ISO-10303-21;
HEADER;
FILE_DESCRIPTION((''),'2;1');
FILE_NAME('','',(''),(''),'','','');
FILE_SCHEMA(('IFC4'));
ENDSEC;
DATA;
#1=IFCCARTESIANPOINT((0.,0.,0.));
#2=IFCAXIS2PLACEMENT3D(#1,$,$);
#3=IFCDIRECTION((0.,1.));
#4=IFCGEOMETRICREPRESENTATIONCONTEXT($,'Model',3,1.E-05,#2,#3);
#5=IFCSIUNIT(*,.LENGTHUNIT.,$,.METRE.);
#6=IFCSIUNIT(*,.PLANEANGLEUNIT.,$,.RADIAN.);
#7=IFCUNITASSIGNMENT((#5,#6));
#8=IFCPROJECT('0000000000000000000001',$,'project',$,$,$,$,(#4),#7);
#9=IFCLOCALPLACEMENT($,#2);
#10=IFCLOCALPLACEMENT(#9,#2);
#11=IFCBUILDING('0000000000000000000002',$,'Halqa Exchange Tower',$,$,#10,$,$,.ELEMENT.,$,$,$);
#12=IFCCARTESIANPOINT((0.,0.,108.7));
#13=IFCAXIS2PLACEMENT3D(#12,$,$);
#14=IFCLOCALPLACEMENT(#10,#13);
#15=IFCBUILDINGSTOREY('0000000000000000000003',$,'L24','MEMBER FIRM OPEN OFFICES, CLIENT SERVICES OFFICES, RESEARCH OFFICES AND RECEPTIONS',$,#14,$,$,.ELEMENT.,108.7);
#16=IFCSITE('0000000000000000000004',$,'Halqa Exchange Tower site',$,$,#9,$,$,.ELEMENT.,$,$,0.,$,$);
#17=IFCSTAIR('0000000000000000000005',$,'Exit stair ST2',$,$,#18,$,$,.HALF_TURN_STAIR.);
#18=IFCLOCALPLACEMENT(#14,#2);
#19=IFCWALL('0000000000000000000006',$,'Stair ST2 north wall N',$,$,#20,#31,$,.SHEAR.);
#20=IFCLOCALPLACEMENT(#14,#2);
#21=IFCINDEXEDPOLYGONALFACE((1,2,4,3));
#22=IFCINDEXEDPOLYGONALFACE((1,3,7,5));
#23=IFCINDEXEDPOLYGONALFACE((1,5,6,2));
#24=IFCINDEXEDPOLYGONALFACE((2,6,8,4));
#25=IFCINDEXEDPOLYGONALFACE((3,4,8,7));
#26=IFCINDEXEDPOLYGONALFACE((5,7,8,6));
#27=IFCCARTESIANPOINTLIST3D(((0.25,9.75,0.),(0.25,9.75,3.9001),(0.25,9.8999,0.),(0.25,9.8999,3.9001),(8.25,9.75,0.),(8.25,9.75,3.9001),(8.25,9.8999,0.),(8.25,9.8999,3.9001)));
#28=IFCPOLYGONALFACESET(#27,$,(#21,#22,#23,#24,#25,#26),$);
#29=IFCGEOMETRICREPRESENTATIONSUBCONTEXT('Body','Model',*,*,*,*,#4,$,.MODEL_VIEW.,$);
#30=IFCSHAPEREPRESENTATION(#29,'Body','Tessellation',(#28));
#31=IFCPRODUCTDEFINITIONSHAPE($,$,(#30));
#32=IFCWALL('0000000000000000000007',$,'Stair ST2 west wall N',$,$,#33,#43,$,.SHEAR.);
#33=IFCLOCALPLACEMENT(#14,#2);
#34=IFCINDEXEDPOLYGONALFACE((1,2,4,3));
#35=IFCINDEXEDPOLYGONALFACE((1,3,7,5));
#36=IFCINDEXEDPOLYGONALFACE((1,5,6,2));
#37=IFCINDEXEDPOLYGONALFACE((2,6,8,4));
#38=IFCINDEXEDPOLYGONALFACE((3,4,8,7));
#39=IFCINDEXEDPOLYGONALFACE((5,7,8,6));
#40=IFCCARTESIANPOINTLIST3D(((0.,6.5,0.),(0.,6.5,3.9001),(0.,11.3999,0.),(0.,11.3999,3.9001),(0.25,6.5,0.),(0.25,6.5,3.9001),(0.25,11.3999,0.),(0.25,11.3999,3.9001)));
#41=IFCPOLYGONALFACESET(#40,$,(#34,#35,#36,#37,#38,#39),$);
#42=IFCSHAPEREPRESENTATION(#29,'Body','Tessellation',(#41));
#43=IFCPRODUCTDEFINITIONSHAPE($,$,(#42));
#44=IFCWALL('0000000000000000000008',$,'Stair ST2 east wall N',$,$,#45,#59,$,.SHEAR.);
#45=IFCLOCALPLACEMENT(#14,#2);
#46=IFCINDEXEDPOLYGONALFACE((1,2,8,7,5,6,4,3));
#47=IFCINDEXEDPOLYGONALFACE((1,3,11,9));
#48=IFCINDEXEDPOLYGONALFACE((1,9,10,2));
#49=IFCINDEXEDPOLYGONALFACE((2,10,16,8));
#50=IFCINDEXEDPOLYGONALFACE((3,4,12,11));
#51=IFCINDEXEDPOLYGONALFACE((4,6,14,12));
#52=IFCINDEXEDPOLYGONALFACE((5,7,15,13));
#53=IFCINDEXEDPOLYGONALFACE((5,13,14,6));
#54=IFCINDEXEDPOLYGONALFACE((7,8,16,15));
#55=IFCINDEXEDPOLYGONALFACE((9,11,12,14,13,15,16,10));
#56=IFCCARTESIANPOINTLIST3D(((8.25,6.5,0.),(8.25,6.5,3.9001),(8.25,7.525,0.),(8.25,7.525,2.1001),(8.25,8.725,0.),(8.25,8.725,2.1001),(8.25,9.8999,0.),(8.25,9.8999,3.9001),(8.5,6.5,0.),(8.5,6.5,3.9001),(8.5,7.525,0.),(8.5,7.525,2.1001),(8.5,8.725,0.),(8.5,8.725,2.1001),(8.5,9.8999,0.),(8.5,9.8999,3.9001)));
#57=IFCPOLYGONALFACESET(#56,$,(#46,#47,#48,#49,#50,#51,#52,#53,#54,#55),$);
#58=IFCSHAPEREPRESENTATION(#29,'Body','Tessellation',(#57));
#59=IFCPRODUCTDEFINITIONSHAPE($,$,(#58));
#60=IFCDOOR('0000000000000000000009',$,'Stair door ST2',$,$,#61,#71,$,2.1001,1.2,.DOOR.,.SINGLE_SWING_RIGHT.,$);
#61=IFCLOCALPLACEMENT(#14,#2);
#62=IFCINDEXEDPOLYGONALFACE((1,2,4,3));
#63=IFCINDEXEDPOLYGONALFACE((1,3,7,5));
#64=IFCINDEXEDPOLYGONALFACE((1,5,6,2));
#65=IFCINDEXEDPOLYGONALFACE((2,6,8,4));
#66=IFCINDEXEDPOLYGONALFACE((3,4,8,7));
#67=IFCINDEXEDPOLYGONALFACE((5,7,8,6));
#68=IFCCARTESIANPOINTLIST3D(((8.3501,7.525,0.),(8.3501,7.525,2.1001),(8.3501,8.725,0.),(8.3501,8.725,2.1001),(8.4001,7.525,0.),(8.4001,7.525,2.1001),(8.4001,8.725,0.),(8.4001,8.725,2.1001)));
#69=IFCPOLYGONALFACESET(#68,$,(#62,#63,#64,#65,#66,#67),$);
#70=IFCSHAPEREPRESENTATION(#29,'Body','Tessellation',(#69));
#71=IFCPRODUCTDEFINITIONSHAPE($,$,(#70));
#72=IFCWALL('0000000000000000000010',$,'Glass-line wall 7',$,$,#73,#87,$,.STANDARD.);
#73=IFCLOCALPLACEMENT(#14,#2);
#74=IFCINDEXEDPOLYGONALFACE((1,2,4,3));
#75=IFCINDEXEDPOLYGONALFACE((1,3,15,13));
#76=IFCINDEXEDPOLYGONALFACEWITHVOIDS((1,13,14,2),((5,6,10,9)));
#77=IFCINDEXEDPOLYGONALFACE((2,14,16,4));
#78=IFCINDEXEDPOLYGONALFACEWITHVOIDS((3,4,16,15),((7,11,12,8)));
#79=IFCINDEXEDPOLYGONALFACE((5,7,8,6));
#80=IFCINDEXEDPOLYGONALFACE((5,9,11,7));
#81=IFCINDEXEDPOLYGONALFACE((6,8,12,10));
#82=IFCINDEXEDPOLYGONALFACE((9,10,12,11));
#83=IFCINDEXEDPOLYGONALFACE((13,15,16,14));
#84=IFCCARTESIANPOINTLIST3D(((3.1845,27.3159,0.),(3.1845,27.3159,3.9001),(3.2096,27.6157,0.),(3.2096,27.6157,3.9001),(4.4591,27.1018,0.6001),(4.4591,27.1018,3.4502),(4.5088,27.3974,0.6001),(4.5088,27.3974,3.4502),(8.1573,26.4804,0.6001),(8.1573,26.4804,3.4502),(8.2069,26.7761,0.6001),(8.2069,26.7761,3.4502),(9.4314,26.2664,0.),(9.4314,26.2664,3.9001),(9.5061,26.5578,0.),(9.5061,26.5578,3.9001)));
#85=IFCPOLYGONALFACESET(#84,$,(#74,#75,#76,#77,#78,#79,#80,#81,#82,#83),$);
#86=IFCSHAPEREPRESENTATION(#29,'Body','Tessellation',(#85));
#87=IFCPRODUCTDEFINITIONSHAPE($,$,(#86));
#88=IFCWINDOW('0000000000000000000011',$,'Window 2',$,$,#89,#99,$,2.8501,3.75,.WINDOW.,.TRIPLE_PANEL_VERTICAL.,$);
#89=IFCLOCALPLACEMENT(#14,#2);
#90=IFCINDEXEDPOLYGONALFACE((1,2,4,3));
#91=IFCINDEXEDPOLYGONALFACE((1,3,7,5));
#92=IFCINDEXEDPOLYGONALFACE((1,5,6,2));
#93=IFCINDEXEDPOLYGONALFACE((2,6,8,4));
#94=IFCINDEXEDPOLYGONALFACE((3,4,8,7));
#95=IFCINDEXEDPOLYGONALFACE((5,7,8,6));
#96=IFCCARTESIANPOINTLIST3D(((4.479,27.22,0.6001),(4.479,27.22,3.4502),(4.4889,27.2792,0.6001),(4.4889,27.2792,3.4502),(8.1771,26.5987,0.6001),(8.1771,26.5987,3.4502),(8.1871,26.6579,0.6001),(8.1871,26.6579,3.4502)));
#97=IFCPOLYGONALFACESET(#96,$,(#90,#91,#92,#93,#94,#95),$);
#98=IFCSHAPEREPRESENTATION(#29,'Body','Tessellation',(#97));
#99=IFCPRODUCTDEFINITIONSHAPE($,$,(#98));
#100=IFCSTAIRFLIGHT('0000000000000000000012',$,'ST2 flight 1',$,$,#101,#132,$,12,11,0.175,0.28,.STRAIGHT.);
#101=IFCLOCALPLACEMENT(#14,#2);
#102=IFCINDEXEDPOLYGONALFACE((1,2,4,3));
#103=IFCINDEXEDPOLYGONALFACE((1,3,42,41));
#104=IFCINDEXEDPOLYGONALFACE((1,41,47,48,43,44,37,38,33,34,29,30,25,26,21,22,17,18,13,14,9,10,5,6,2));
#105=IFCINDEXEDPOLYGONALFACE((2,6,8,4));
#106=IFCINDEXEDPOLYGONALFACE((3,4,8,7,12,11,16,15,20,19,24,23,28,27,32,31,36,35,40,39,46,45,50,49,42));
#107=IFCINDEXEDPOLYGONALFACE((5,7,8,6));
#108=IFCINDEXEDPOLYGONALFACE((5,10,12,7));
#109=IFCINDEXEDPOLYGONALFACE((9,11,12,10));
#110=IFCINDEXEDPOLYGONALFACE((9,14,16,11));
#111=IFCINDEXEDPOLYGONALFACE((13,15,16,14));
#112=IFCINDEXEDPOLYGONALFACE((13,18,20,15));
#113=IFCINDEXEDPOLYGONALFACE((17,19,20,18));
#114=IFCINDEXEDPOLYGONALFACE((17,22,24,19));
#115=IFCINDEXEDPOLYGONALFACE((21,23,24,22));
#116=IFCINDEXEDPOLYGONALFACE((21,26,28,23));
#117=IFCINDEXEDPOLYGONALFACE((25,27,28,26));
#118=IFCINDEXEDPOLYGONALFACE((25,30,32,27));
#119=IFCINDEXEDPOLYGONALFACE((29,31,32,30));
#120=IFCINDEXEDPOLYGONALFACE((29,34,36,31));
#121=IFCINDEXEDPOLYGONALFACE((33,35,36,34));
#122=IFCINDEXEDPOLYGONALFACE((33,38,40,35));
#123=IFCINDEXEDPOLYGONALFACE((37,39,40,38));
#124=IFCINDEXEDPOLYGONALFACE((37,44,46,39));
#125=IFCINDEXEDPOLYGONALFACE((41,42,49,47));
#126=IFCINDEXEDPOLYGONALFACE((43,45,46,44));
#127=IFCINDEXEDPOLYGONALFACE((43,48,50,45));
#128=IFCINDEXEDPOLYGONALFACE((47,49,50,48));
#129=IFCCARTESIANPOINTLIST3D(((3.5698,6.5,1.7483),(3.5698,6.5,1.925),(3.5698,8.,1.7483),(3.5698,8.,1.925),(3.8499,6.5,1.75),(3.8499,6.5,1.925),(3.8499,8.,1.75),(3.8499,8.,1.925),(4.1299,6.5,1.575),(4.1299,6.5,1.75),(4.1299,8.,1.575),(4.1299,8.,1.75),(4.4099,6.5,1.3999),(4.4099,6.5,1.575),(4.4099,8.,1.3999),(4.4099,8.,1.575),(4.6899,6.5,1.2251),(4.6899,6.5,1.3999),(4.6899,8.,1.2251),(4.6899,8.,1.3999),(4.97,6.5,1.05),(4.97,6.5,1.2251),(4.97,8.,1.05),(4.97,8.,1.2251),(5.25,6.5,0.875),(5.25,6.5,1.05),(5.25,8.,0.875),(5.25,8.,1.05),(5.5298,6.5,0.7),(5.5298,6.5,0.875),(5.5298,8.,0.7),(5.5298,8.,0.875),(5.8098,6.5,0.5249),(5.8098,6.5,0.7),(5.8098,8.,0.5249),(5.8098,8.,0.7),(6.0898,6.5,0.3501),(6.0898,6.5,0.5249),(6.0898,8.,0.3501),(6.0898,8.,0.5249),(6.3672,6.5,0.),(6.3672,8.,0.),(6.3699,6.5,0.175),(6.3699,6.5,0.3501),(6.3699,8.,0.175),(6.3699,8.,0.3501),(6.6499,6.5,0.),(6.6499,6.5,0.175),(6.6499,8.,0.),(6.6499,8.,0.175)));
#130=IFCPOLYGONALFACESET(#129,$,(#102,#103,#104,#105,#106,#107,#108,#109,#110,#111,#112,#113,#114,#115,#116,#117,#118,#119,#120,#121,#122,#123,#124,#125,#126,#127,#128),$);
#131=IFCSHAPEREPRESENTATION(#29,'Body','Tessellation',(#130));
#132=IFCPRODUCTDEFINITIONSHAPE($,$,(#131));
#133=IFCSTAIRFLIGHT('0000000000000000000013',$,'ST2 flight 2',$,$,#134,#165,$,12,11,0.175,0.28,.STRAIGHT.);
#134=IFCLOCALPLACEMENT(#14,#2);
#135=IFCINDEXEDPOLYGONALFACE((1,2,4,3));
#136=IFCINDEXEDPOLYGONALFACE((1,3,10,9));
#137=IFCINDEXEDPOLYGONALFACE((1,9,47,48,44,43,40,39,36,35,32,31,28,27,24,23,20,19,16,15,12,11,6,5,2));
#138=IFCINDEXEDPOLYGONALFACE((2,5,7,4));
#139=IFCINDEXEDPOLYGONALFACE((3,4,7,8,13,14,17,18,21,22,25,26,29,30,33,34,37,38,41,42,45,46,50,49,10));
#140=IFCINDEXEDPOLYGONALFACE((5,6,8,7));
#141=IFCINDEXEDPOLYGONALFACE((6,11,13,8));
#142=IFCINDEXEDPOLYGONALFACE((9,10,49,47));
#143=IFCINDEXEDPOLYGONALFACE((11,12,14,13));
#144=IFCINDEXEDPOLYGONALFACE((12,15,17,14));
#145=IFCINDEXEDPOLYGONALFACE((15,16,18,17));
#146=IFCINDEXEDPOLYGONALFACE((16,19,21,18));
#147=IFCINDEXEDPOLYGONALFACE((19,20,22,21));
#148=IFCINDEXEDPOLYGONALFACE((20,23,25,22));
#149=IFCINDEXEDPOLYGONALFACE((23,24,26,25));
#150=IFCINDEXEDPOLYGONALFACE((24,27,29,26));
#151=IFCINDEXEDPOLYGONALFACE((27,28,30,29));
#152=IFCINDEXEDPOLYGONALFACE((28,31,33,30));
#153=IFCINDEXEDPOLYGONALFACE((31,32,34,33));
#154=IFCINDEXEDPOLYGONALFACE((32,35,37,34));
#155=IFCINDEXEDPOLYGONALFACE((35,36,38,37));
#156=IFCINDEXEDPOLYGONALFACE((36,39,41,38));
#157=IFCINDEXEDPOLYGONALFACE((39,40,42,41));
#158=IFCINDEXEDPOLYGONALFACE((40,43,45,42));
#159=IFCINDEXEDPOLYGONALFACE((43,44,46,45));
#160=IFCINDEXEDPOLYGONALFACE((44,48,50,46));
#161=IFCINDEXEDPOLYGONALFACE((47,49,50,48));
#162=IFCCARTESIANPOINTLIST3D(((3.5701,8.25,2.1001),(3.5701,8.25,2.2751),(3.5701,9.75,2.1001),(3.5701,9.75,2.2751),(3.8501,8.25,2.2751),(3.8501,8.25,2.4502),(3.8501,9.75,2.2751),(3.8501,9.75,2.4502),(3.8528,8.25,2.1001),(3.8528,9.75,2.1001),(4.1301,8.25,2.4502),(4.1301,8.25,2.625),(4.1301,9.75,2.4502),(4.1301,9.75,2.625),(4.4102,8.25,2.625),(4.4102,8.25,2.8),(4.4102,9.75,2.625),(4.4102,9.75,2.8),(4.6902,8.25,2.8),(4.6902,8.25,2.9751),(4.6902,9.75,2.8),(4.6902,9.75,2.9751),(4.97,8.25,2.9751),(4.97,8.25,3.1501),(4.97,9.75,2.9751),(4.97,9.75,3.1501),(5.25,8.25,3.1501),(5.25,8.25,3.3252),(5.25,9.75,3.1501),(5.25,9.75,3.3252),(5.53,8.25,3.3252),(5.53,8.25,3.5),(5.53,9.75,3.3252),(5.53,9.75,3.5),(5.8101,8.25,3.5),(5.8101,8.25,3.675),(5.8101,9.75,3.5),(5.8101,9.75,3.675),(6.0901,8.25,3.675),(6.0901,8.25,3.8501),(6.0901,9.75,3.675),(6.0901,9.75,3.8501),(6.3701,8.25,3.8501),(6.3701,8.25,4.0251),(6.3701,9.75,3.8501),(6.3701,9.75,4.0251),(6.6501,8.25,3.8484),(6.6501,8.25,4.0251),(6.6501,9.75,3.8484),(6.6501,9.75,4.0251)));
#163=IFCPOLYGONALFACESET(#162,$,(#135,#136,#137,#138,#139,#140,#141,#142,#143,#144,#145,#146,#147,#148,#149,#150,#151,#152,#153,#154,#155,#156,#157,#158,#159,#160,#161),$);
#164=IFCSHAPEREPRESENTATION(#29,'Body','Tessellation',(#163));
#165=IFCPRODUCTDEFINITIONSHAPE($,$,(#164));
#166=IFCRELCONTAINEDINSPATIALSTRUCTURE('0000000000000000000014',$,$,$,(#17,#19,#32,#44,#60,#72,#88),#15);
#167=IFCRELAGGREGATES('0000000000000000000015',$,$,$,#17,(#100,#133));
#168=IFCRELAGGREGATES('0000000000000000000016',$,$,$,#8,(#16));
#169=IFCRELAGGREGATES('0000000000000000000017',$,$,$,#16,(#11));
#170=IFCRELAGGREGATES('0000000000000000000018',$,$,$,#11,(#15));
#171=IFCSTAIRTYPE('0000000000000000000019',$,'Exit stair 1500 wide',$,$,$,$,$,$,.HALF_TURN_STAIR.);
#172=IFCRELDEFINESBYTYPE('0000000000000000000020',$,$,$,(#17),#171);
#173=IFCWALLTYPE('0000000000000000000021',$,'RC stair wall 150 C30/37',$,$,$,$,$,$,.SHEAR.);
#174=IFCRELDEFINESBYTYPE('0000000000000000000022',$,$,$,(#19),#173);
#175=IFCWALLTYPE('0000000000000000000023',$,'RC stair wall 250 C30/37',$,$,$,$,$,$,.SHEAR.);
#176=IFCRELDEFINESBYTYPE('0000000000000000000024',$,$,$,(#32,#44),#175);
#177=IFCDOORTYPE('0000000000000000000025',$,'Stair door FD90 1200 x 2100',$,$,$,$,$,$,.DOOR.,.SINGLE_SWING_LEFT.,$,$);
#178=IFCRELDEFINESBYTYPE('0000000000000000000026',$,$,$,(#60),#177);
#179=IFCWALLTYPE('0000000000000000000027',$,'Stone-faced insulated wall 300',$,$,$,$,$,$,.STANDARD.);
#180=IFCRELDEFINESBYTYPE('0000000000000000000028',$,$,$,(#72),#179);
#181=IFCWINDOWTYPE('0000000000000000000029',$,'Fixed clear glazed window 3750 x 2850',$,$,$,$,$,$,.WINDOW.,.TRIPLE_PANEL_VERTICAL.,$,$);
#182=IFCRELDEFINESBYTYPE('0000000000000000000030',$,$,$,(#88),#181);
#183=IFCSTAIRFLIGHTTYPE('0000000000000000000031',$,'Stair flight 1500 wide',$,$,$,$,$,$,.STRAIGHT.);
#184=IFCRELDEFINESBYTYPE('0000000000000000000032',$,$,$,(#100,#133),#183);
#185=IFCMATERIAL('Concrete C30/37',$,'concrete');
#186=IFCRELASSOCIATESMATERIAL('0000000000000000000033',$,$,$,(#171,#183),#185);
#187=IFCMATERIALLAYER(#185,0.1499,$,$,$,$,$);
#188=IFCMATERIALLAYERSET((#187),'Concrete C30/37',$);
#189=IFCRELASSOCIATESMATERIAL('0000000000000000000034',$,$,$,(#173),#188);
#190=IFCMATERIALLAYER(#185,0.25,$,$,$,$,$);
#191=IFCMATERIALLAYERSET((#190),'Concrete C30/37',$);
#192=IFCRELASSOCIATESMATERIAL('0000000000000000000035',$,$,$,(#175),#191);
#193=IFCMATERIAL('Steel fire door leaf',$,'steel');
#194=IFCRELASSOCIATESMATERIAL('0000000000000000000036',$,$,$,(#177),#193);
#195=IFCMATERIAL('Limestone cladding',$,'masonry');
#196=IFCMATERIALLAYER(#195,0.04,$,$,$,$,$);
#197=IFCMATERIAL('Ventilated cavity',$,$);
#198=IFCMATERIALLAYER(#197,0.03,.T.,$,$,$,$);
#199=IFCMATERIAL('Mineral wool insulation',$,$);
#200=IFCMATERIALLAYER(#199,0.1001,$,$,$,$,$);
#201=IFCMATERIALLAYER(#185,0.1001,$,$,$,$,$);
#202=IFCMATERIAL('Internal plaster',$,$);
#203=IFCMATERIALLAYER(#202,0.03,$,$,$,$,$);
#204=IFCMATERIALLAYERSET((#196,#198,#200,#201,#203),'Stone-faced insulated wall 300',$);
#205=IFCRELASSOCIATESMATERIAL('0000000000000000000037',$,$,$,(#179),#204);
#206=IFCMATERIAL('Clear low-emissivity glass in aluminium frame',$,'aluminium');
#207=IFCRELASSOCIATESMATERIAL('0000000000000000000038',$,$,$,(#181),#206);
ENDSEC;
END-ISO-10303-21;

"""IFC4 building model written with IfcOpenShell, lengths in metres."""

from ifc_helpers import new_model, si_unit, direction, frame, frame_2d, origin, place, context, subcontext, project, spatial, polyline, rectangle, outline, extrude, material, layer, layer_set, type_object, element, fill, aggregate, save


model = new_model("IFC4")

# Units and contexts
model_context = context("Model", 3, precision=1e-05, world=origin(), true_north=direction((0.0, 1.0)))
body_context = subcontext(model_context, "Body", "Model", "MODEL_VIEW")
ifc_project = project(units=[si_unit("LENGTHUNIT", "METRE"), si_unit("PLANEANGLEUNIT", "RADIAN")], contexts=[model_context])

# Site, building, storey
site_placement = place(None, origin())
site = spatial("IfcSite", under=ifc_project, at=site_placement, Name="Halqa Exchange Tower site", CompositionType="ELEMENT", RefElevation=0.0)
building_placement = place(site_placement, origin())
building = spatial("IfcBuilding", under=site, at=building_placement, Name="Halqa Exchange Tower", CompositionType="ELEMENT")
storey_placement = place(building_placement, frame((0.0, 0.0, 108.7)))
storey = spatial("IfcBuildingStorey", under=building, at=storey_placement, Name="L24", Description="MEMBER FIRM OPEN OFFICES, CLIENT SERVICES OFFICES, RESEARCH OFFICES AND RECEPTIONS", CompositionType="ELEMENT", Elevation=108.7)

# Stair
ifc_material_1 = material(Name="Concrete C30/37", Category="concrete")
stair_type = type_object("IfcStairType", Name="Exit stair 1500 wide", PredefinedType="HALF_TURN_STAIR", material=ifc_material_1)
stair_1_placement = place(storey_placement, origin())
stair_1 = element("IfcStair", 1, at=stair_1_placement, inside=storey, type_object=stair_type, Name="Exit stair ST2", PredefinedType="HALF_TURN_STAIR")

# Walls
ifc_layer_1 = layer(ifc_material_1, 0.1499)
ifc_layer_set_1 = layer_set([ifc_layer_1], Name="Concrete C30/37")
wall_type_1 = type_object("IfcWallType", Name="RC stair wall 150 C30/37", PredefinedType="SHEAR", material=ifc_layer_set_1)
wall_1_placement = place(storey_placement, frame((0.25, 9.825, 0.0), z_axis=(0.0, 0.0, 1.0), x_axis=(1.0, 0.0, 0.0)))
element("IfcWall", 2, at=wall_1_placement, inside=storey, type_object=wall_type_1, Name="Stair ST2 north wall N", PredefinedType="SHEAR", context=body_context, shape_type="SweptSolid", body=[
    extrude(rectangle(XDim=8.0, YDim=0.1499, at=frame_2d((4.0, 0.0))), origin(), (0.0, 0.0, 1.0), 3.9001),
])
ifc_layer_2 = layer(ifc_material_1, 0.25)
ifc_layer_set_2 = layer_set([ifc_layer_2], Name="Concrete C30/37")
wall_type_2 = type_object("IfcWallType", Name="RC stair wall 250 C30/37", PredefinedType="SHEAR", material=ifc_layer_set_2)
wall_2_placement = place(storey_placement, frame((0.125, 6.5, 0.0), z_axis=(0.0, 0.0, 1.0), x_axis=(0.0, 1.0, 0.0)))
element("IfcWall", 3, at=wall_2_placement, inside=storey, type_object=wall_type_2, Name="Stair ST2 west wall N", PredefinedType="SHEAR", context=body_context, shape_type="SweptSolid", body=[
    extrude(rectangle(XDim=4.8999, YDim=0.25, at=frame_2d((2.45, 0.0))), origin(), (0.0, 0.0, 1.0), 3.9001),
])

# Wall, opening, door
wall_3_placement = place(storey_placement, frame((8.375, 6.5, 0.0), z_axis=(0.0, 0.0, 1.0), x_axis=(0.0, 1.0, 0.0)))
wall_3 = element("IfcWall", 4, at=wall_3_placement, inside=storey, type_object=wall_type_2, Name="Stair ST2 east wall N", PredefinedType="SHEAR", context=body_context, shape_type="SweptSolid", body=[
    extrude(rectangle(XDim=3.3999, YDim=0.25, at=frame_2d((1.7, 0.0))), origin(), (0.0, 0.0, 1.0), 3.9001),
])
opening_1_placement = place(wall_3_placement, frame((1.0249, 0.0, 0.0)))
opening_1 = element("IfcOpeningElement", 5, at=opening_1_placement, cuts=wall_3, PredefinedType="OPENING", context=body_context, shape_type="SweptSolid", body=[
    extrude(rectangle(XDim=1.2, YDim=2.1001, at=frame_2d((0.6001, 1.05))), frame((0.0, 0.137, 0.0), z_axis=(0.0, -1.0, 0.0), x_axis=(1.0, 0.0, 0.0)), (0.0, 0.0, 1.0), 0.2739),
])
ifc_material_2 = material(Name="Steel fire door leaf", Category="steel")
door_type_1 = type_object("IfcDoorType", Name="Stair door FD90 1200 x 2100", OperationType="SINGLE_SWING_LEFT", PredefinedType="DOOR", material=ifc_material_2)
door_1_placement = place(opening_1_placement, origin())
door_1 = element("IfcDoor", 6, at=door_1_placement, inside=storey, type_object=door_type_1, Name="Stair door ST2", OperationType="SINGLE_SWING_RIGHT", OverallHeight=2.1001, OverallWidth=1.2, PredefinedType="DOOR", context=body_context, shape_type="SweptSolid", body=[
    extrude(rectangle(XDim=1.2, YDim=2.1001, at=frame_2d((0.6001, 1.05))), frame((0.0, 0.0249, 0.0), z_axis=(0.0, -1.0, 0.0), x_axis=(1.0, 0.0, 0.0)), (0.0, 0.0, 1.0), 0.05),
])
fill(opening_1, door_1)

# Wall, opening, window
ifc_material_3 = material(Name="Limestone cladding", Category="masonry")
ifc_layer_3 = layer(ifc_material_3, 0.04)
ifc_material_4 = material(Name="Ventilated cavity")
ifc_layer_4 = layer(ifc_material_4, 0.03, ventilated=True)
ifc_material_5 = material(Name="Mineral wool insulation")
ifc_layer_5 = layer(ifc_material_5, 0.1001)
ifc_layer_6 = layer(ifc_material_1, 0.1001)
ifc_material_6 = material(Name="Internal plaster")
ifc_layer_7 = layer(ifc_material_6, 0.03)
ifc_layer_set_3 = layer_set([ifc_layer_3, ifc_layer_4, ifc_layer_5, ifc_layer_6, ifc_layer_7], Name="Stone-faced insulated wall 300")
wall_type_3 = type_object("IfcWallType", Name="Stone-faced insulated wall 300", PredefinedType="STANDARD", material=ifc_layer_set_3)
wall_4_placement = place(storey_placement, frame((9.4688, 26.4121, 0.0), z_axis=(0.0, 0.0, 1.0), x_axis=(-0.986178, 0.165687, 0.0)))
wall_4 = element("IfcWall", 7, at=wall_4_placement, inside=storey, type_object=wall_type_3, Name="Glass-line wall 7", PredefinedType="STANDARD", context=body_context, shape_type="SweptSolid", body=[
    extrude(outline(polyline([(-0.0127, -0.1499), (6.3721, -0.1499), (6.3472, 0.1499), (0.0127, 0.1499), (-0.0127, -0.1499)])), origin(), (0.0, 0.0, 1.0), 3.9001),
])
opening_2_placement = place(wall_4_placement, frame((1.3047, 0.0, 0.6001)))
opening_2 = element("IfcOpeningElement", 8, at=opening_2_placement, cuts=wall_4, PredefinedType="OPENING", context=body_context, shape_type="SweptSolid", body=[
    extrude(rectangle(XDim=3.75, YDim=2.8501, at=frame_2d((1.875, 1.425))), frame((0.0, 0.1621, 0.0), z_axis=(0.0, -1.0, 0.0), x_axis=(1.0, 0.0, 0.0)), (0.0, 0.0, 1.0), 0.324),
])
ifc_material_7 = material(Name="Clear low-emissivity glass in aluminium frame", Category="aluminium")
window_type = type_object("IfcWindowType", Name="Fixed clear glazed window 3750 x 2850", PartitioningType="TRIPLE_PANEL_VERTICAL", PredefinedType="WINDOW", material=ifc_material_7)
window_placement = place(opening_2_placement, origin())
window = element("IfcWindow", 9, at=window_placement, inside=storey, type_object=window_type, Name="Window 2", OverallHeight=2.8501, OverallWidth=3.75, PartitioningType="TRIPLE_PANEL_VERTICAL", PredefinedType="WINDOW", context=body_context, shape_type="SweptSolid", body=[
    extrude(rectangle(XDim=3.75, YDim=2.8501, at=frame_2d((1.875, 1.425))), frame((0.0, 0.03, 0.0), z_axis=(0.0, -1.0, 0.0), x_axis=(1.0, 0.0, 0.0)), (0.0, 0.0, 1.0), 0.0601),
])
fill(opening_2, window)

# Stair flights
stair_flight_type = type_object("IfcStairFlightType", Name="Stair flight 1500 wide", PredefinedType="STRAIGHT", material=ifc_material_1)
stair_flight_1_placement = place(storey_placement, frame((6.6499, 7.25, 0.0), z_axis=(0.0, 0.0, 1.0), x_axis=(-1.0, 0.0, 0.0)))
stair_flight_1 = element("IfcStairFlight", 10, at=stair_flight_1_placement, type_object=stair_flight_type, Name="ST2 flight 1", NumberOfRisers=12, NumberOfTreads=11, PredefinedType="STRAIGHT", RiserHeight=0.175, TreadLength=0.28, context=body_context, shape_type="SweptSolid", body=[
    extrude(outline(polyline([(0.0, 0.0), (0.0, 0.175), (0.28, 0.175), (0.28, 0.3501), (0.5601, 0.3501), (0.5601, 0.5249), (0.8401, 0.5249), (0.8401, 0.7), (1.1201, 0.7), (1.1201, 0.875), (1.3999, 0.875), (1.3999, 1.05), (1.6799, 1.05), (1.6799, 1.2251), (1.96, 1.2251), (1.96, 1.3999), (2.24, 1.3999), (2.24, 1.575), (2.52, 1.575), (2.52, 1.75), (2.8, 1.75), (2.8, 1.925), (3.0801, 1.925), (3.0801, 2.1001), (3.0801, 1.7483), (0.2827, 0.0), (0.0, 0.0)])), frame((0.0, 0.75, 0.0), z_axis=(0.0, -1.0, 0.0), x_axis=(1.0, 0.0, 0.0)), (0.0, 0.0, 1.0), 1.5),
])
stair_flight_2_placement = place(storey_placement, frame((3.5701, 9.0, 2.1001), z_axis=(0.0, 0.0, 1.0), x_axis=(1.0, 0.0, 0.0)))
stair_flight_2 = element("IfcStairFlight", 11, at=stair_flight_2_placement, type_object=stair_flight_type, Name="ST2 flight 2", NumberOfRisers=12, NumberOfTreads=11, PredefinedType="STRAIGHT", RiserHeight=0.175, TreadLength=0.28, context=body_context, shape_type="SweptSolid", body=[
    extrude(outline(polyline([(0.0, 0.0), (0.0, 0.175), (0.28, 0.175), (0.28, 0.3501), (0.5601, 0.3501), (0.5601, 0.5249), (0.8401, 0.5249), (0.8401, 0.7), (1.1201, 0.7), (1.1201, 0.875), (1.3999, 0.875), (1.3999, 1.05), (1.6799, 1.05), (1.6799, 1.2251), (1.96, 1.2251), (1.96, 1.3999), (2.24, 1.3999), (2.24, 1.575), (2.52, 1.575), (2.52, 1.75), (2.8, 1.75), (2.8, 1.925), (3.0801, 1.925), (3.0801, 2.1001), (3.0801, 1.7483), (0.2827, 0.0), (0.0, 0.0)])), frame((0.0, 0.75, 0.0), z_axis=(0.0, -1.0, 0.0), x_axis=(1.0, 0.0, 0.0)), (0.0, 0.0, 1.0), 1.5),
])
aggregate(stair_1, [stair_flight_1, stair_flight_2])

save(model, "model.ifc")
